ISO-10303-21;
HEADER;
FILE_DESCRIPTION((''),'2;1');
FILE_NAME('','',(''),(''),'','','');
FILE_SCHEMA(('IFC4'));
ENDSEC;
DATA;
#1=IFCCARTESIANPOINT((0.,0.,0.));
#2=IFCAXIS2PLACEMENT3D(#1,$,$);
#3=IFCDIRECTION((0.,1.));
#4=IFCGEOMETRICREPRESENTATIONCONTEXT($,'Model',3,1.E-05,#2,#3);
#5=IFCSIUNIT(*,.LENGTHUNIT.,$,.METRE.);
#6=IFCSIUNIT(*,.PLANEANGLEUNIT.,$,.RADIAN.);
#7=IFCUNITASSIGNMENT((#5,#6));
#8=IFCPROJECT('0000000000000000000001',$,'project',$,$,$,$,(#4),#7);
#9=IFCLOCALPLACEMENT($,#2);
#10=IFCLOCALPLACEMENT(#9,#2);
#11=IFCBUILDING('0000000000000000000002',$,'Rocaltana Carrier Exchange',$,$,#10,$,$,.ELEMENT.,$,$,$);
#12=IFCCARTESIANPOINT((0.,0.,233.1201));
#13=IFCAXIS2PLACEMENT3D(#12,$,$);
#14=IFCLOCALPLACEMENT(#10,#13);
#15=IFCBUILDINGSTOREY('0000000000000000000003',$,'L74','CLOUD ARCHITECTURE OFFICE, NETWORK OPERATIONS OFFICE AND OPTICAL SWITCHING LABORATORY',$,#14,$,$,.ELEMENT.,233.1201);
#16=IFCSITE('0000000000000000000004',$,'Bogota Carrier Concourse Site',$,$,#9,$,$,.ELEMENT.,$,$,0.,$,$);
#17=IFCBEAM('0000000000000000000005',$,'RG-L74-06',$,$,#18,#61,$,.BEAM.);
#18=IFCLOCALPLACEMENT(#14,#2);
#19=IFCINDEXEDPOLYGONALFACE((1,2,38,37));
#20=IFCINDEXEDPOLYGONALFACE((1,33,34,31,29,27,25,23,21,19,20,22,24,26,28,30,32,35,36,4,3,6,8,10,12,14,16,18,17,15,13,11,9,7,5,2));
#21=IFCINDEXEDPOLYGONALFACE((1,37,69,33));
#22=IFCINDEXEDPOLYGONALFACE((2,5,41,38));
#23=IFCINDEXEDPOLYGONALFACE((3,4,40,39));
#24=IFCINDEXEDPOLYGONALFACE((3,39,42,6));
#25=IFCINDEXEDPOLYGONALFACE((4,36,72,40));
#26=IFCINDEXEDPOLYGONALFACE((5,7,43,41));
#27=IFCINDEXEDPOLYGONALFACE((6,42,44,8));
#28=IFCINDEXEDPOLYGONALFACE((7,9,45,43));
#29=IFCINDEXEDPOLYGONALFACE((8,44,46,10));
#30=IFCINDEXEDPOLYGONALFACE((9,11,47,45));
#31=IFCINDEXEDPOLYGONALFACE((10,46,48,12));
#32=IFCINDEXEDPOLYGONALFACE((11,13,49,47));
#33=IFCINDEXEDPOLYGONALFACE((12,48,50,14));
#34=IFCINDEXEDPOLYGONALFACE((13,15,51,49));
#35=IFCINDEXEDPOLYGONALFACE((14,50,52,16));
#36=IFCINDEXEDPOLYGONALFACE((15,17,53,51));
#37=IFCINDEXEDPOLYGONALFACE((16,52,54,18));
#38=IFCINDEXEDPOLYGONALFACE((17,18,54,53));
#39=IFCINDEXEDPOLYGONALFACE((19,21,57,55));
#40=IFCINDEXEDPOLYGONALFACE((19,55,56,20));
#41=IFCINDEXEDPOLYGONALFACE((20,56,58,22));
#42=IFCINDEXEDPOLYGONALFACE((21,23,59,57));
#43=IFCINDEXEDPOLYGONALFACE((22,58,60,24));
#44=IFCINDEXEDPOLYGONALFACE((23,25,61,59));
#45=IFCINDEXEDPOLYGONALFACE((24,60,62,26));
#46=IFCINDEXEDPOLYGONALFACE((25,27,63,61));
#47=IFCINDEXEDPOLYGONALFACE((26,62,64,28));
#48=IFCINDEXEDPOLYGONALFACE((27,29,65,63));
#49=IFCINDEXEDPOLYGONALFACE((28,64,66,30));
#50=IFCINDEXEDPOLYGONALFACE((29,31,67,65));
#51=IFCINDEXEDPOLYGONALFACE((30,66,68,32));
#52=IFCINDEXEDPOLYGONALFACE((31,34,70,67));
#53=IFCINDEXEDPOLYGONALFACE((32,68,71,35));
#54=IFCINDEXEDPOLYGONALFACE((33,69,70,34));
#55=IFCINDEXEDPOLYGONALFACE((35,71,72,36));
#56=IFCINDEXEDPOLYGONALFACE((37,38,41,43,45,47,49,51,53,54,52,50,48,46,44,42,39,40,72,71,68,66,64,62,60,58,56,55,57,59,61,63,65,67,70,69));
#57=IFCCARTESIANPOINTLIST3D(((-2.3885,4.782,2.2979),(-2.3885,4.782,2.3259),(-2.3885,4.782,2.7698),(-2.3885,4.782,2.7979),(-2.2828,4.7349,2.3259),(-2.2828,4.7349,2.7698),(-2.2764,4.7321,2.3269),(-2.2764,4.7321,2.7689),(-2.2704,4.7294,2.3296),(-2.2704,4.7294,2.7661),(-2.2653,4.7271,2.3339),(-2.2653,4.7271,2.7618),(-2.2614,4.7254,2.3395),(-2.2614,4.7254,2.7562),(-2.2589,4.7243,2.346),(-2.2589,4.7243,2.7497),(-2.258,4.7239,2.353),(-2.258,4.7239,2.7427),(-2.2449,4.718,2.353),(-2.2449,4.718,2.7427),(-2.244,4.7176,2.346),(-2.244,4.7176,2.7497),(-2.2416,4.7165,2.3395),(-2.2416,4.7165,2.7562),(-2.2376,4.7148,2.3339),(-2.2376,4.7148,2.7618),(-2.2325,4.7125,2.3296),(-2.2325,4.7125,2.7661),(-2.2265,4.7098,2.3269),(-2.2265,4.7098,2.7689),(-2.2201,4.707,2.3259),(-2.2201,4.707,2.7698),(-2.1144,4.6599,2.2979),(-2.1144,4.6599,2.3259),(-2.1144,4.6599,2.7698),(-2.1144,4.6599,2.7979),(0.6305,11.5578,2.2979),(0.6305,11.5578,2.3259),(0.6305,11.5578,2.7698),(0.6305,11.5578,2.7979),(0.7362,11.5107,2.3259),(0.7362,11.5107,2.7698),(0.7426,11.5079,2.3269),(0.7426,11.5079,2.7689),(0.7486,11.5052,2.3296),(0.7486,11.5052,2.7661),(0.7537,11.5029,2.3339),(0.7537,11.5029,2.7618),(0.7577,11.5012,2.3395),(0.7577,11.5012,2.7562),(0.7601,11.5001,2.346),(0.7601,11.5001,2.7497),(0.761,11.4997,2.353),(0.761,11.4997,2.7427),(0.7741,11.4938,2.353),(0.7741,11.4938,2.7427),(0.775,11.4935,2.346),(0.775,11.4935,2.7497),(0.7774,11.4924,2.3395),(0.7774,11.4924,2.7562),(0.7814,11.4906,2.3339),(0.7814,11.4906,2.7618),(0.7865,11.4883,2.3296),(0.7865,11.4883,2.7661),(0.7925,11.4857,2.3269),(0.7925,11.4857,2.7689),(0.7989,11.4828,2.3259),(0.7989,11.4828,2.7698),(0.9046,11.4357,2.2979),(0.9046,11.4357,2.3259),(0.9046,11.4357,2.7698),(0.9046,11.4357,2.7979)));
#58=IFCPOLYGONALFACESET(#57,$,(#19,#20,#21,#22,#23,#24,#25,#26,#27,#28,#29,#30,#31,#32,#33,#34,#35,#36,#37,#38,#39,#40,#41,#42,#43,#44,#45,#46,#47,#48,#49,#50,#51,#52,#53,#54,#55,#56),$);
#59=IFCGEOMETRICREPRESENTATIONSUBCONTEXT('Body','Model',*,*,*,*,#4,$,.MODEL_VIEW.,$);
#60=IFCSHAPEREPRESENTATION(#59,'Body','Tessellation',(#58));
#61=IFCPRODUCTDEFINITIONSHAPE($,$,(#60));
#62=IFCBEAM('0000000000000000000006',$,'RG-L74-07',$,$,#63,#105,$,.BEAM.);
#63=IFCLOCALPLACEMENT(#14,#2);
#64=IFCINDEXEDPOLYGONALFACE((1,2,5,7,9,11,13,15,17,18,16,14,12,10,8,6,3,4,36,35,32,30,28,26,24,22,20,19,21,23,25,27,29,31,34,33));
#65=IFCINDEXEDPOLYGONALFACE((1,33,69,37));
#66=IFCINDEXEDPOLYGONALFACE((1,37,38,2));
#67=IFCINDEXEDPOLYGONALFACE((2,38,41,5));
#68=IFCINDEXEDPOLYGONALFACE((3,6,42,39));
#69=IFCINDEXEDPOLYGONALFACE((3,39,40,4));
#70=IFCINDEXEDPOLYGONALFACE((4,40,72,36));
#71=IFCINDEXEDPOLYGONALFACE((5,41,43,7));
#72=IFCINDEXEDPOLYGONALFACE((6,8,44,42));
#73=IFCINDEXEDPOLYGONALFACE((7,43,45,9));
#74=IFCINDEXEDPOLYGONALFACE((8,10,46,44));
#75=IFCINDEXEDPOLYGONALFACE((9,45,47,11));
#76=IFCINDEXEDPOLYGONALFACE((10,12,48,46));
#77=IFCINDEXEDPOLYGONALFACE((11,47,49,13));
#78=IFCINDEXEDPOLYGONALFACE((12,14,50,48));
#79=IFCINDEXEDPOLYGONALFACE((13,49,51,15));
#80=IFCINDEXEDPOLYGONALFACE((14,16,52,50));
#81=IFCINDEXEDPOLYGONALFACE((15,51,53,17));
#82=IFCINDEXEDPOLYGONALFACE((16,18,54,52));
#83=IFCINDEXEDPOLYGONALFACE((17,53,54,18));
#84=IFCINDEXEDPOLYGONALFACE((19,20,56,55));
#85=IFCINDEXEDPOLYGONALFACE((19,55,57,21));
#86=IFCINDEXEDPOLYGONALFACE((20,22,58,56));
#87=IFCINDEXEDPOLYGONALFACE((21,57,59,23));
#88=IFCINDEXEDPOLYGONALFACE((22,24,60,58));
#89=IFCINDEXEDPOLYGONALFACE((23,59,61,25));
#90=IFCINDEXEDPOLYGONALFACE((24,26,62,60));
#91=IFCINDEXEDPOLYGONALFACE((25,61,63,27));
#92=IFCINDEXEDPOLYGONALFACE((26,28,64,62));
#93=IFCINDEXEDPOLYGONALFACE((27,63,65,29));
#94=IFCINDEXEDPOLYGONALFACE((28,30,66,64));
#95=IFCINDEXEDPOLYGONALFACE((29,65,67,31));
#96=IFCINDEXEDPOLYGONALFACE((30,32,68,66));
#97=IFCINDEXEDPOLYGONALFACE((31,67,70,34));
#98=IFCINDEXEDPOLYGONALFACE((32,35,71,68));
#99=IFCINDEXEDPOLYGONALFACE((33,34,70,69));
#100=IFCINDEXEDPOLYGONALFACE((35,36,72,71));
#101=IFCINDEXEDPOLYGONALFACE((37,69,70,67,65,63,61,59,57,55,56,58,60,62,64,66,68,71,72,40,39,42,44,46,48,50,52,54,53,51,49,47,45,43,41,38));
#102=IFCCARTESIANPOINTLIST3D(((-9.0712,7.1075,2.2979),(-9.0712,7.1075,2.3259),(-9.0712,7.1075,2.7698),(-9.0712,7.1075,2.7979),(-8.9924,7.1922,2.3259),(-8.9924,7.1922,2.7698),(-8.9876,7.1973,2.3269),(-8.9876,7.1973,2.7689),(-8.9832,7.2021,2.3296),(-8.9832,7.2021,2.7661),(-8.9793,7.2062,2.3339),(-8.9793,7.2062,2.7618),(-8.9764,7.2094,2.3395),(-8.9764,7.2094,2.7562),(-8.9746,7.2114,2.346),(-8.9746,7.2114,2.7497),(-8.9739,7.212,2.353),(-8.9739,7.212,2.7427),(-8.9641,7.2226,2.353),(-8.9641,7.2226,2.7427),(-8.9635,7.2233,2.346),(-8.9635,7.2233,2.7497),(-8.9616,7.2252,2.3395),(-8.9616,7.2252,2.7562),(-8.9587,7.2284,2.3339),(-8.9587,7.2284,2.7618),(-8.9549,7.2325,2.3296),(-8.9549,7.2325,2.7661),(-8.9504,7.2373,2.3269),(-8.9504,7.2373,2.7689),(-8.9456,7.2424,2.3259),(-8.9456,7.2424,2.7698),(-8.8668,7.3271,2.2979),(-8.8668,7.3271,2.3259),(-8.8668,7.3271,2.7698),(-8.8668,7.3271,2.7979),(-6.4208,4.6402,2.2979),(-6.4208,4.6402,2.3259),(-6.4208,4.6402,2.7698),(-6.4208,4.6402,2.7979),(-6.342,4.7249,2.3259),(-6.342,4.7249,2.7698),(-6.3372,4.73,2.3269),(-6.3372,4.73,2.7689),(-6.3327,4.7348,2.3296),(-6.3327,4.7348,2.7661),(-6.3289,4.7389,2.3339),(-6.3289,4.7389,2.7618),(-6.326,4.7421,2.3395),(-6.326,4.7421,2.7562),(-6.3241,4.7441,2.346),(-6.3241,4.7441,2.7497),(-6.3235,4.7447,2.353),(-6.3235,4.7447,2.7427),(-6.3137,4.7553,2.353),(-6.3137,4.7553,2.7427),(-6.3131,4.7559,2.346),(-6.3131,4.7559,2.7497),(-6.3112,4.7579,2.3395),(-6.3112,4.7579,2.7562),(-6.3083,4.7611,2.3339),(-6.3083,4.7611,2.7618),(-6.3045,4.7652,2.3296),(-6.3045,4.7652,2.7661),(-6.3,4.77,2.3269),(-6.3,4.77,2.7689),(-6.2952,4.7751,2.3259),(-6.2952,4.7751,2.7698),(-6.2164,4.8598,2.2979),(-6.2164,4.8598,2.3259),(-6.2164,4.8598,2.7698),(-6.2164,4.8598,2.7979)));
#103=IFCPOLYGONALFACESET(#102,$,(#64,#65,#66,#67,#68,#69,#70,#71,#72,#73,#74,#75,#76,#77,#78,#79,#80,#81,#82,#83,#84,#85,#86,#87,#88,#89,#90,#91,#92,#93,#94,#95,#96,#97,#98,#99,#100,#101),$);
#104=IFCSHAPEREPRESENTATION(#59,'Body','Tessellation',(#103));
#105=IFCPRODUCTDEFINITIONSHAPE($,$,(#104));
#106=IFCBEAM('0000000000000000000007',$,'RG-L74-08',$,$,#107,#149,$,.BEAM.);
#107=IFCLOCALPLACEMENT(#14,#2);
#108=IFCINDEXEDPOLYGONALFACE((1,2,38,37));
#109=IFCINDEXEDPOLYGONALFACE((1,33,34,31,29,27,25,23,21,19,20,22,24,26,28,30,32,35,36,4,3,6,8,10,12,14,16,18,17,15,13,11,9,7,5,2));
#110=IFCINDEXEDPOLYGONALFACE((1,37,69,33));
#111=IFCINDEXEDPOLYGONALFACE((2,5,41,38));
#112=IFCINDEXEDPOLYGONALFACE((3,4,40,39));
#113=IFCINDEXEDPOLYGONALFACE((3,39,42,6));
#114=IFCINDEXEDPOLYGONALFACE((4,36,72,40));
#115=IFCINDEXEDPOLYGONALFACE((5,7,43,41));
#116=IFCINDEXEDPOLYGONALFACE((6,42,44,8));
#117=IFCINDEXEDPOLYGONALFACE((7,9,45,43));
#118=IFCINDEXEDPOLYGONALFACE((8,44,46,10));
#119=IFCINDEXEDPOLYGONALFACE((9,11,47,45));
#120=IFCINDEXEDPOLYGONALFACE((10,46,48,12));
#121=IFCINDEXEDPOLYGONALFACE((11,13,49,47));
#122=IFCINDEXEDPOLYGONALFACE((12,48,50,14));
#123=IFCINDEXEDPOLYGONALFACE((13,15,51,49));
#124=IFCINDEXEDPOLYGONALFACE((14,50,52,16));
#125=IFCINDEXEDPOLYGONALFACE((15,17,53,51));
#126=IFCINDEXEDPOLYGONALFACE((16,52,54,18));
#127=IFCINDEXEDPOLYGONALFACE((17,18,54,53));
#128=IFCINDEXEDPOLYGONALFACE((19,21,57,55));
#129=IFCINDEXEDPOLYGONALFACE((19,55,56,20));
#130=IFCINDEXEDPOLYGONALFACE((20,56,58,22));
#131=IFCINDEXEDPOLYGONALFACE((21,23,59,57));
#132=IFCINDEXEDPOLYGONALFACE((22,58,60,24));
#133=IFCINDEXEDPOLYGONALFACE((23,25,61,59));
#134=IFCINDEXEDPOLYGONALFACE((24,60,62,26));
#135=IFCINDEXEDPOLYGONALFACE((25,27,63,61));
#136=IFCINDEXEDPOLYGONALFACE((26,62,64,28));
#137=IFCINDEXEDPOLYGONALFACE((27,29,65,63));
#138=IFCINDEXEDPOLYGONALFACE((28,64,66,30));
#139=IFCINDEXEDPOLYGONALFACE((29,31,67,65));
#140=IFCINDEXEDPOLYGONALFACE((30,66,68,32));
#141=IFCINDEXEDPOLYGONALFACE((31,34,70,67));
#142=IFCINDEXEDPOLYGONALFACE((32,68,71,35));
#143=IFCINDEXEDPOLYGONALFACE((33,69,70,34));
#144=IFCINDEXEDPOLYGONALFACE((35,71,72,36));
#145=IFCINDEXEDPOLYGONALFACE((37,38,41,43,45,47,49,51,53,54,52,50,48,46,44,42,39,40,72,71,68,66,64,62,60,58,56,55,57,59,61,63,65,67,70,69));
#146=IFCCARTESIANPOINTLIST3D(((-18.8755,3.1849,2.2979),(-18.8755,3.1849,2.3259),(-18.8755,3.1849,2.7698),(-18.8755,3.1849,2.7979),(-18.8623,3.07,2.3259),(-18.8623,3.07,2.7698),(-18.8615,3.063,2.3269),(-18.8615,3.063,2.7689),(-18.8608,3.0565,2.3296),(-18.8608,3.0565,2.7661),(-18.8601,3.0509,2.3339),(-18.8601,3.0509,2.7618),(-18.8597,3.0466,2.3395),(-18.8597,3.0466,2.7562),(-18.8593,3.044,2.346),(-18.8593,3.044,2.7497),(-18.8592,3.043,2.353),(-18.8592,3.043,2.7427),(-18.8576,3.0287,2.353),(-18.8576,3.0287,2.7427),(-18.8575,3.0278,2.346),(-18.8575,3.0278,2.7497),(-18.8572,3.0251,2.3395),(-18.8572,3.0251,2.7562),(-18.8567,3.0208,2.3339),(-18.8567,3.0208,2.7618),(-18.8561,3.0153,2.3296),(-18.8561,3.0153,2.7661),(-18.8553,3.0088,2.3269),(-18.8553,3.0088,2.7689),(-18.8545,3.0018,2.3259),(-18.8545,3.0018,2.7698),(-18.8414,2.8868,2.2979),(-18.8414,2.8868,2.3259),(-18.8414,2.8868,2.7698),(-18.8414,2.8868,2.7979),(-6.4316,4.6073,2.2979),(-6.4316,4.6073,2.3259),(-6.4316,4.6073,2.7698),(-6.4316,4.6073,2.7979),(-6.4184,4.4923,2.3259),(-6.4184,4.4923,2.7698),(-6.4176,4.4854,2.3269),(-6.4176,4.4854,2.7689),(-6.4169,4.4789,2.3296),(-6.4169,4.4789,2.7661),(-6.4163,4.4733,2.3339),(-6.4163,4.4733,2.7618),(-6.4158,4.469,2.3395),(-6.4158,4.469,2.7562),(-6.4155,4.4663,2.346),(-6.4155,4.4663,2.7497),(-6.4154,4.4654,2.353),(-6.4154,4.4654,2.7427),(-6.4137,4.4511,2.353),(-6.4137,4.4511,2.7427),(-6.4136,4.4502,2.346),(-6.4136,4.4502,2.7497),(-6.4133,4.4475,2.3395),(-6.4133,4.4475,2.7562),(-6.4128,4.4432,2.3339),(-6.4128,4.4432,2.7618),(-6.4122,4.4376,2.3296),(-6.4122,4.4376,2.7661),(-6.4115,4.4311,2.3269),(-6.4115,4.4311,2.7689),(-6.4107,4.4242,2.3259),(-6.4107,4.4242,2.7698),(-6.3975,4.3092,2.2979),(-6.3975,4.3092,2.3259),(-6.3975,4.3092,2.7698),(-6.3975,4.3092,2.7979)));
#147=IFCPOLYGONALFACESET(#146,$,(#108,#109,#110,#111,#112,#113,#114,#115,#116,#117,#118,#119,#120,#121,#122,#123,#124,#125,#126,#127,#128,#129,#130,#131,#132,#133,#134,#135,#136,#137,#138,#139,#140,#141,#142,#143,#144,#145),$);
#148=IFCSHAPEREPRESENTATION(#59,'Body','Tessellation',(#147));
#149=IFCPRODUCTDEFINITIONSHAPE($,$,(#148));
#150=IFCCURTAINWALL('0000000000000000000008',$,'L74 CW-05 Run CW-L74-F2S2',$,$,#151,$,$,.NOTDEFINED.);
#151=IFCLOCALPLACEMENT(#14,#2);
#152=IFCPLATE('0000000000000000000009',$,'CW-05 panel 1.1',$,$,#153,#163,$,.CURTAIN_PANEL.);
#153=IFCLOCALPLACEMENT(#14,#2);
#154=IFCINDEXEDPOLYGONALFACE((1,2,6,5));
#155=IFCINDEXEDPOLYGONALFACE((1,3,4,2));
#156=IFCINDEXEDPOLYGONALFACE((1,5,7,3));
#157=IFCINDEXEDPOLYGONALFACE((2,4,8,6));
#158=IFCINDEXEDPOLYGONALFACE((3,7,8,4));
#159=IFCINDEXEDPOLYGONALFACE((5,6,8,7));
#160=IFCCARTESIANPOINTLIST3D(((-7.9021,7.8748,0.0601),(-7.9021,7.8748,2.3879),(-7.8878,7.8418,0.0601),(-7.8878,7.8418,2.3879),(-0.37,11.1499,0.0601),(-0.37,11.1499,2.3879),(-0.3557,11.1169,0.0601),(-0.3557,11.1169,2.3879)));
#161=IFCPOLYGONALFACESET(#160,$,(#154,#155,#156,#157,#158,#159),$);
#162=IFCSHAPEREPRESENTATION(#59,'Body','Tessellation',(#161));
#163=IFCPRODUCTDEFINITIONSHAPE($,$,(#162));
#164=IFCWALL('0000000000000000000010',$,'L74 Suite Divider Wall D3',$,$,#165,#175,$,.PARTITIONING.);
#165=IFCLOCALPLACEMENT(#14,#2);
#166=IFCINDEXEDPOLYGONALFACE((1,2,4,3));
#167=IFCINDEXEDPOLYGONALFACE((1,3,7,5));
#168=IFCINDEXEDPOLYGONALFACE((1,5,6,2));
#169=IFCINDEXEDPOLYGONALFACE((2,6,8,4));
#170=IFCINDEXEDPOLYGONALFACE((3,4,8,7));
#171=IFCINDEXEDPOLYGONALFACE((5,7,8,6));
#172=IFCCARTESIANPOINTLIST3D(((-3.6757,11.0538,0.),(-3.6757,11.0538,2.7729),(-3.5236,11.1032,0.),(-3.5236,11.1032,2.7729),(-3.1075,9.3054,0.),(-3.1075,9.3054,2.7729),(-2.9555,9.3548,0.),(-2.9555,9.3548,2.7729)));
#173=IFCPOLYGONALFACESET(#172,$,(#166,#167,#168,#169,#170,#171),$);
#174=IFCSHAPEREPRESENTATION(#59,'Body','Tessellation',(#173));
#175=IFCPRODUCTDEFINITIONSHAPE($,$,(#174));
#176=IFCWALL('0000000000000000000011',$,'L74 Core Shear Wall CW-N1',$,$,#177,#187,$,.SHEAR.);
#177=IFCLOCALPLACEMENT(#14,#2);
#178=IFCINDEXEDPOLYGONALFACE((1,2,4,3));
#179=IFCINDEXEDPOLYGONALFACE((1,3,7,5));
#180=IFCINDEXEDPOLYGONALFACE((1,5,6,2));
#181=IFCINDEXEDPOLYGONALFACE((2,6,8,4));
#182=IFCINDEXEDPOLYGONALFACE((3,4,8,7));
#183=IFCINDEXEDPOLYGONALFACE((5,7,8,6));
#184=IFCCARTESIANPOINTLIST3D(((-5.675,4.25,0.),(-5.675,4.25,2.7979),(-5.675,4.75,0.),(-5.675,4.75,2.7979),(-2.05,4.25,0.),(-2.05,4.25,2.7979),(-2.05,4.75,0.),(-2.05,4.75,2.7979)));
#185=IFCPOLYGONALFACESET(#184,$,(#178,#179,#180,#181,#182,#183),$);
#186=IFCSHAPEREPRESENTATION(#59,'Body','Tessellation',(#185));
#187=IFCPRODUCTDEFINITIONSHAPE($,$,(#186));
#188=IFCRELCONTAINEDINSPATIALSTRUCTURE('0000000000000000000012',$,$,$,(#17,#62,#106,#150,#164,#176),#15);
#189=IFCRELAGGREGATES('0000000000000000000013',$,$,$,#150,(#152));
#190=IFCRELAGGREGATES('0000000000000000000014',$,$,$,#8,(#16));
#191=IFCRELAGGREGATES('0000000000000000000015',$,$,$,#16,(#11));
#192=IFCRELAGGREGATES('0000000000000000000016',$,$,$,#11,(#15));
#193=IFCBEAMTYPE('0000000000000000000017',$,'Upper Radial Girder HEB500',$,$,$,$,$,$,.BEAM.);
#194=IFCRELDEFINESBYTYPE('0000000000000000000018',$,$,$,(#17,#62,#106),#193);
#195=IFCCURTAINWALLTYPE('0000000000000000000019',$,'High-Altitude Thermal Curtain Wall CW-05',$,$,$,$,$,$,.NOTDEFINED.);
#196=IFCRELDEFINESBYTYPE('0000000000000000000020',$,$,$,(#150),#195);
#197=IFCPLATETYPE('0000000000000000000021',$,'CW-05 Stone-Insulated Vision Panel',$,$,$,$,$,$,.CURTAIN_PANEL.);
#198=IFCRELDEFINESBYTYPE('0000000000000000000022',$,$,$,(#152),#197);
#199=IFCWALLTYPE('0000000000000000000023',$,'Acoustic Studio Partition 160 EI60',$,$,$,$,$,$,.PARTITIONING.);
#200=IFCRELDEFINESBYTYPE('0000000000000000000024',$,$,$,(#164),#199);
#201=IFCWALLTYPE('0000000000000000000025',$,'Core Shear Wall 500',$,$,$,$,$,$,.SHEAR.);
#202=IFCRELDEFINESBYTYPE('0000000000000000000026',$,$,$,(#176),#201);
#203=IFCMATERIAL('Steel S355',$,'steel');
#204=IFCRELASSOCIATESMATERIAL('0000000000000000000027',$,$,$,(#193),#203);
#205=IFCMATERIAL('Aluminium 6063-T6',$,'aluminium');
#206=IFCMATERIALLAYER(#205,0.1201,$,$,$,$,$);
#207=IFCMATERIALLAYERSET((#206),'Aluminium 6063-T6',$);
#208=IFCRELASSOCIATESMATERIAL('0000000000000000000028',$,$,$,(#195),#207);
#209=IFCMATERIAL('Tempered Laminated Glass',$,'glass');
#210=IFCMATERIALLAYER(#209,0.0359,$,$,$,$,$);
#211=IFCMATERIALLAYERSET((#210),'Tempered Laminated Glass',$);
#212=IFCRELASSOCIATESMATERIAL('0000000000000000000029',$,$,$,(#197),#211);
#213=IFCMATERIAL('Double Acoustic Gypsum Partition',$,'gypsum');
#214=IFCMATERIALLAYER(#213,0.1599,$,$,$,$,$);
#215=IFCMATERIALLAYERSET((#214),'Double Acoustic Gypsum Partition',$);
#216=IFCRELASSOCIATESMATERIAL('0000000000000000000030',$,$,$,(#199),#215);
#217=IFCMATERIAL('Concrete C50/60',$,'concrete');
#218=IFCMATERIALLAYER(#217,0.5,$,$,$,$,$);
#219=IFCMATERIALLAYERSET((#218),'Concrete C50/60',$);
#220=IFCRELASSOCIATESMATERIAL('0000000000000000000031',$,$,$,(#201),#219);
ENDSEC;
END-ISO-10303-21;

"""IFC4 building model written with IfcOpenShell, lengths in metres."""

from ifc_helpers import new_model, si_unit, direction, frame, frame_2d, origin, origin_2d, place, context, subcontext, project, spatial, rectangle, i_section, extrude, material, layer, layer_set, material_profile, profile_set, type_object, element, aggregate, save


model = new_model("IFC4")

# Units and contexts
model_context = context("Model", 3, precision=1e-05, world=origin(), true_north=direction((0.0, 1.0)))
body_context = subcontext(model_context, "Body", "Model", "MODEL_VIEW")
ifc_project = project(units=[si_unit("LENGTHUNIT", "METRE"), si_unit("PLANEANGLEUNIT", "RADIAN")], contexts=[model_context])

# Site, building, storey
site_placement = place(None, origin())
site = spatial("IfcSite", under=ifc_project, at=site_placement, Name="Bogota Carrier Concourse Site", CompositionType="ELEMENT", RefElevation=0.0)
building_placement = place(site_placement, origin())
building = spatial("IfcBuilding", under=site, at=building_placement, Name="Rocaltana Carrier Exchange", CompositionType="ELEMENT")
storey_placement = place(building_placement, frame((0.0, 0.0, 233.1201)))
storey = spatial("IfcBuildingStorey", under=building, at=storey_placement, Name="L74", Description="CLOUD ARCHITECTURE OFFICE, NETWORK OPERATIONS OFFICE AND OPTICAL SWITCHING LABORATORY", CompositionType="ELEMENT", Elevation=233.1201)

# Beams
ifc_material_1 = material(Name="Steel S355", Category="steel")
ifc_material_profile_1 = material_profile(ifc_material_1, i_section(OverallWidth=0.3, OverallDepth=0.5, WebThickness=0.0144, FlangeThickness=0.0281, FilletRadius=0.0271, at=origin_2d()), Name="HEB500")
ifc_profile_set_1 = profile_set([ifc_material_profile_1], Name="Steel S355")
beam_type_1 = type_object("IfcBeamType", Name="Upper Radial Girder HEB500", PredefinedType="BEAM", material=ifc_profile_set_1)
beam_1_placement = place(storey_placement, frame((-2.2515, 4.7209, 2.5479), z_axis=(0.406987, 0.913434, 0.0), x_axis=(-0.913434, 0.406987, 0.0)))
element("IfcBeam", 1, at=beam_1_placement, inside=storey, type_object=beam_type_1, Name="RG-L74-06", PredefinedType="BEAM", context=body_context, shape_type="SweptSolid", body=[
    extrude(i_section(OverallWidth=0.3, OverallDepth=0.5, WebThickness=0.0144, FlangeThickness=0.0281, FilletRadius=0.0271, at=origin_2d()), origin(), (0.0, 0.0, 1.0), 7.418),
])
beam_2_placement = place(storey_placement, frame((-6.3186, 4.75, 2.5479), z_axis=(-0.731938, 0.681371, 0.0), x_axis=(-0.681371, -0.731938, 0.0)))
element("IfcBeam", 2, at=beam_2_placement, inside=storey, type_object=beam_type_1, Name="RG-L74-07", PredefinedType="BEAM", context=body_context, shape_type="SweptSolid", body=[
    extrude(i_section(OverallWidth=0.3, OverallDepth=0.5, WebThickness=0.0144, FlangeThickness=0.0281, FilletRadius=0.0271, at=origin_2d()), origin(), (0.0, 0.0, 1.0), 3.6211),
])
beam_3_placement = place(storey_placement, frame((-6.4146, 4.4583, 2.5479), z_axis=(-0.993531, -0.113563, 0.0), x_axis=(0.113563, -0.993531, 0.0)))
element("IfcBeam", 3, at=beam_3_placement, inside=storey, type_object=beam_type_1, Name="RG-L74-08", PredefinedType="BEAM", context=body_context, shape_type="SweptSolid", body=[
    extrude(i_section(OverallWidth=0.3, OverallDepth=0.5, WebThickness=0.0144, FlangeThickness=0.0281, FilletRadius=0.0271, at=origin_2d()), origin(), (0.0, 0.0, 1.0), 12.5249),
])

# Curtain wall, plate
ifc_material_2 = material(Name="Aluminium 6063-T6", Category="aluminium")
ifc_layer_1 = layer(ifc_material_2, 0.1201)
ifc_layer_set_1 = layer_set([ifc_layer_1], Name="Aluminium 6063-T6")
curtain_wall_type = type_object("IfcCurtainWallType", Name="High-Altitude Thermal Curtain Wall CW-05", PredefinedType="NOTDEFINED", material=ifc_layer_set_1)
curtain_wall_placement = place(storey_placement, origin())
curtain_wall = element("IfcCurtainWall", 4, at=curtain_wall_placement, inside=storey, type_object=curtain_wall_type, Name="L74 CW-05 Run CW-L74-F2S2", PredefinedType="NOTDEFINED")
ifc_material_3 = material(Name="Tempered Laminated Glass", Category="glass")
ifc_layer_2 = layer(ifc_material_3, 0.0359)
ifc_layer_set_2 = layer_set([ifc_layer_2], Name="Tempered Laminated Glass")
plate_type = type_object("IfcPlateType", Name="CW-05 Stone-Insulated Vision Panel", PredefinedType="CURTAIN_PANEL", material=ifc_layer_set_2)
plate_placement = place(storey_placement, frame((-4.1289, 9.4958, 0.0601), z_axis=(0.0, 0.0, 1.0), x_axis=(-0.917059, -0.398752, 0.0)))
plate = element("IfcPlate", 5, at=plate_placement, type_object=plate_type, Name="CW-05 panel 1.1", PredefinedType="CURTAIN_PANEL", context=body_context, shape_type="SweptSolid", body=[
    extrude(rectangle(XDim=8.2134, YDim=0.0359, at=origin_2d()), origin(), (0.0, 0.0, 1.0), 2.3279),
])
aggregate(curtain_wall, [plate])

# Walls
ifc_material_4 = material(Name="Double Acoustic Gypsum Partition", Category="gypsum")
ifc_layer_3 = layer(ifc_material_4, 0.1599)
ifc_layer_set_3 = layer_set([ifc_layer_3], Name="Double Acoustic Gypsum Partition")
wall_type_1 = type_object("IfcWallType", Name="Acoustic Studio Partition 160 EI60", PredefinedType="PARTITIONING", material=ifc_layer_set_3)
wall_1_placement = place(storey_placement, frame((-3.0315, 9.3301, 0.0), z_axis=(0.0, 0.0, 1.0), x_axis=(-0.309047, 0.951047, 0.0)))
element("IfcWall", 6, at=wall_1_placement, inside=storey, type_object=wall_type_1, Name="L74 Suite Divider Wall D3", PredefinedType="PARTITIONING", context=body_context, shape_type="SweptSolid", body=[
    extrude(rectangle(XDim=1.8384, YDim=0.1599, at=frame_2d((0.9192, 0.0))), origin(), (0.0, 0.0, 1.0), 2.7729),
])
ifc_material_5 = material(Name="Concrete C50/60", Category="concrete")
ifc_layer_4 = layer(ifc_material_5, 0.5)
ifc_layer_set_4 = layer_set([ifc_layer_4], Name="Concrete C50/60")
wall_type_2 = type_object("IfcWallType", Name="Core Shear Wall 500", PredefinedType="SHEAR", material=ifc_layer_set_4)
wall_2_placement = place(storey_placement, frame((-5.675, 4.5, 0.0), z_axis=(0.0, 0.0, 1.0), x_axis=(1.0, 0.0, 0.0)))
element("IfcWall", 7, at=wall_2_placement, inside=storey, type_object=wall_type_2, Name="L74 Core Shear Wall CW-N1", PredefinedType="SHEAR", context=body_context, shape_type="SweptSolid", body=[
    extrude(rectangle(XDim=3.625, YDim=0.5, at=frame_2d((1.8125, 0.0))), origin(), (0.0, 0.0, 1.0), 2.7979),
])

save(model, "model.ifc")
